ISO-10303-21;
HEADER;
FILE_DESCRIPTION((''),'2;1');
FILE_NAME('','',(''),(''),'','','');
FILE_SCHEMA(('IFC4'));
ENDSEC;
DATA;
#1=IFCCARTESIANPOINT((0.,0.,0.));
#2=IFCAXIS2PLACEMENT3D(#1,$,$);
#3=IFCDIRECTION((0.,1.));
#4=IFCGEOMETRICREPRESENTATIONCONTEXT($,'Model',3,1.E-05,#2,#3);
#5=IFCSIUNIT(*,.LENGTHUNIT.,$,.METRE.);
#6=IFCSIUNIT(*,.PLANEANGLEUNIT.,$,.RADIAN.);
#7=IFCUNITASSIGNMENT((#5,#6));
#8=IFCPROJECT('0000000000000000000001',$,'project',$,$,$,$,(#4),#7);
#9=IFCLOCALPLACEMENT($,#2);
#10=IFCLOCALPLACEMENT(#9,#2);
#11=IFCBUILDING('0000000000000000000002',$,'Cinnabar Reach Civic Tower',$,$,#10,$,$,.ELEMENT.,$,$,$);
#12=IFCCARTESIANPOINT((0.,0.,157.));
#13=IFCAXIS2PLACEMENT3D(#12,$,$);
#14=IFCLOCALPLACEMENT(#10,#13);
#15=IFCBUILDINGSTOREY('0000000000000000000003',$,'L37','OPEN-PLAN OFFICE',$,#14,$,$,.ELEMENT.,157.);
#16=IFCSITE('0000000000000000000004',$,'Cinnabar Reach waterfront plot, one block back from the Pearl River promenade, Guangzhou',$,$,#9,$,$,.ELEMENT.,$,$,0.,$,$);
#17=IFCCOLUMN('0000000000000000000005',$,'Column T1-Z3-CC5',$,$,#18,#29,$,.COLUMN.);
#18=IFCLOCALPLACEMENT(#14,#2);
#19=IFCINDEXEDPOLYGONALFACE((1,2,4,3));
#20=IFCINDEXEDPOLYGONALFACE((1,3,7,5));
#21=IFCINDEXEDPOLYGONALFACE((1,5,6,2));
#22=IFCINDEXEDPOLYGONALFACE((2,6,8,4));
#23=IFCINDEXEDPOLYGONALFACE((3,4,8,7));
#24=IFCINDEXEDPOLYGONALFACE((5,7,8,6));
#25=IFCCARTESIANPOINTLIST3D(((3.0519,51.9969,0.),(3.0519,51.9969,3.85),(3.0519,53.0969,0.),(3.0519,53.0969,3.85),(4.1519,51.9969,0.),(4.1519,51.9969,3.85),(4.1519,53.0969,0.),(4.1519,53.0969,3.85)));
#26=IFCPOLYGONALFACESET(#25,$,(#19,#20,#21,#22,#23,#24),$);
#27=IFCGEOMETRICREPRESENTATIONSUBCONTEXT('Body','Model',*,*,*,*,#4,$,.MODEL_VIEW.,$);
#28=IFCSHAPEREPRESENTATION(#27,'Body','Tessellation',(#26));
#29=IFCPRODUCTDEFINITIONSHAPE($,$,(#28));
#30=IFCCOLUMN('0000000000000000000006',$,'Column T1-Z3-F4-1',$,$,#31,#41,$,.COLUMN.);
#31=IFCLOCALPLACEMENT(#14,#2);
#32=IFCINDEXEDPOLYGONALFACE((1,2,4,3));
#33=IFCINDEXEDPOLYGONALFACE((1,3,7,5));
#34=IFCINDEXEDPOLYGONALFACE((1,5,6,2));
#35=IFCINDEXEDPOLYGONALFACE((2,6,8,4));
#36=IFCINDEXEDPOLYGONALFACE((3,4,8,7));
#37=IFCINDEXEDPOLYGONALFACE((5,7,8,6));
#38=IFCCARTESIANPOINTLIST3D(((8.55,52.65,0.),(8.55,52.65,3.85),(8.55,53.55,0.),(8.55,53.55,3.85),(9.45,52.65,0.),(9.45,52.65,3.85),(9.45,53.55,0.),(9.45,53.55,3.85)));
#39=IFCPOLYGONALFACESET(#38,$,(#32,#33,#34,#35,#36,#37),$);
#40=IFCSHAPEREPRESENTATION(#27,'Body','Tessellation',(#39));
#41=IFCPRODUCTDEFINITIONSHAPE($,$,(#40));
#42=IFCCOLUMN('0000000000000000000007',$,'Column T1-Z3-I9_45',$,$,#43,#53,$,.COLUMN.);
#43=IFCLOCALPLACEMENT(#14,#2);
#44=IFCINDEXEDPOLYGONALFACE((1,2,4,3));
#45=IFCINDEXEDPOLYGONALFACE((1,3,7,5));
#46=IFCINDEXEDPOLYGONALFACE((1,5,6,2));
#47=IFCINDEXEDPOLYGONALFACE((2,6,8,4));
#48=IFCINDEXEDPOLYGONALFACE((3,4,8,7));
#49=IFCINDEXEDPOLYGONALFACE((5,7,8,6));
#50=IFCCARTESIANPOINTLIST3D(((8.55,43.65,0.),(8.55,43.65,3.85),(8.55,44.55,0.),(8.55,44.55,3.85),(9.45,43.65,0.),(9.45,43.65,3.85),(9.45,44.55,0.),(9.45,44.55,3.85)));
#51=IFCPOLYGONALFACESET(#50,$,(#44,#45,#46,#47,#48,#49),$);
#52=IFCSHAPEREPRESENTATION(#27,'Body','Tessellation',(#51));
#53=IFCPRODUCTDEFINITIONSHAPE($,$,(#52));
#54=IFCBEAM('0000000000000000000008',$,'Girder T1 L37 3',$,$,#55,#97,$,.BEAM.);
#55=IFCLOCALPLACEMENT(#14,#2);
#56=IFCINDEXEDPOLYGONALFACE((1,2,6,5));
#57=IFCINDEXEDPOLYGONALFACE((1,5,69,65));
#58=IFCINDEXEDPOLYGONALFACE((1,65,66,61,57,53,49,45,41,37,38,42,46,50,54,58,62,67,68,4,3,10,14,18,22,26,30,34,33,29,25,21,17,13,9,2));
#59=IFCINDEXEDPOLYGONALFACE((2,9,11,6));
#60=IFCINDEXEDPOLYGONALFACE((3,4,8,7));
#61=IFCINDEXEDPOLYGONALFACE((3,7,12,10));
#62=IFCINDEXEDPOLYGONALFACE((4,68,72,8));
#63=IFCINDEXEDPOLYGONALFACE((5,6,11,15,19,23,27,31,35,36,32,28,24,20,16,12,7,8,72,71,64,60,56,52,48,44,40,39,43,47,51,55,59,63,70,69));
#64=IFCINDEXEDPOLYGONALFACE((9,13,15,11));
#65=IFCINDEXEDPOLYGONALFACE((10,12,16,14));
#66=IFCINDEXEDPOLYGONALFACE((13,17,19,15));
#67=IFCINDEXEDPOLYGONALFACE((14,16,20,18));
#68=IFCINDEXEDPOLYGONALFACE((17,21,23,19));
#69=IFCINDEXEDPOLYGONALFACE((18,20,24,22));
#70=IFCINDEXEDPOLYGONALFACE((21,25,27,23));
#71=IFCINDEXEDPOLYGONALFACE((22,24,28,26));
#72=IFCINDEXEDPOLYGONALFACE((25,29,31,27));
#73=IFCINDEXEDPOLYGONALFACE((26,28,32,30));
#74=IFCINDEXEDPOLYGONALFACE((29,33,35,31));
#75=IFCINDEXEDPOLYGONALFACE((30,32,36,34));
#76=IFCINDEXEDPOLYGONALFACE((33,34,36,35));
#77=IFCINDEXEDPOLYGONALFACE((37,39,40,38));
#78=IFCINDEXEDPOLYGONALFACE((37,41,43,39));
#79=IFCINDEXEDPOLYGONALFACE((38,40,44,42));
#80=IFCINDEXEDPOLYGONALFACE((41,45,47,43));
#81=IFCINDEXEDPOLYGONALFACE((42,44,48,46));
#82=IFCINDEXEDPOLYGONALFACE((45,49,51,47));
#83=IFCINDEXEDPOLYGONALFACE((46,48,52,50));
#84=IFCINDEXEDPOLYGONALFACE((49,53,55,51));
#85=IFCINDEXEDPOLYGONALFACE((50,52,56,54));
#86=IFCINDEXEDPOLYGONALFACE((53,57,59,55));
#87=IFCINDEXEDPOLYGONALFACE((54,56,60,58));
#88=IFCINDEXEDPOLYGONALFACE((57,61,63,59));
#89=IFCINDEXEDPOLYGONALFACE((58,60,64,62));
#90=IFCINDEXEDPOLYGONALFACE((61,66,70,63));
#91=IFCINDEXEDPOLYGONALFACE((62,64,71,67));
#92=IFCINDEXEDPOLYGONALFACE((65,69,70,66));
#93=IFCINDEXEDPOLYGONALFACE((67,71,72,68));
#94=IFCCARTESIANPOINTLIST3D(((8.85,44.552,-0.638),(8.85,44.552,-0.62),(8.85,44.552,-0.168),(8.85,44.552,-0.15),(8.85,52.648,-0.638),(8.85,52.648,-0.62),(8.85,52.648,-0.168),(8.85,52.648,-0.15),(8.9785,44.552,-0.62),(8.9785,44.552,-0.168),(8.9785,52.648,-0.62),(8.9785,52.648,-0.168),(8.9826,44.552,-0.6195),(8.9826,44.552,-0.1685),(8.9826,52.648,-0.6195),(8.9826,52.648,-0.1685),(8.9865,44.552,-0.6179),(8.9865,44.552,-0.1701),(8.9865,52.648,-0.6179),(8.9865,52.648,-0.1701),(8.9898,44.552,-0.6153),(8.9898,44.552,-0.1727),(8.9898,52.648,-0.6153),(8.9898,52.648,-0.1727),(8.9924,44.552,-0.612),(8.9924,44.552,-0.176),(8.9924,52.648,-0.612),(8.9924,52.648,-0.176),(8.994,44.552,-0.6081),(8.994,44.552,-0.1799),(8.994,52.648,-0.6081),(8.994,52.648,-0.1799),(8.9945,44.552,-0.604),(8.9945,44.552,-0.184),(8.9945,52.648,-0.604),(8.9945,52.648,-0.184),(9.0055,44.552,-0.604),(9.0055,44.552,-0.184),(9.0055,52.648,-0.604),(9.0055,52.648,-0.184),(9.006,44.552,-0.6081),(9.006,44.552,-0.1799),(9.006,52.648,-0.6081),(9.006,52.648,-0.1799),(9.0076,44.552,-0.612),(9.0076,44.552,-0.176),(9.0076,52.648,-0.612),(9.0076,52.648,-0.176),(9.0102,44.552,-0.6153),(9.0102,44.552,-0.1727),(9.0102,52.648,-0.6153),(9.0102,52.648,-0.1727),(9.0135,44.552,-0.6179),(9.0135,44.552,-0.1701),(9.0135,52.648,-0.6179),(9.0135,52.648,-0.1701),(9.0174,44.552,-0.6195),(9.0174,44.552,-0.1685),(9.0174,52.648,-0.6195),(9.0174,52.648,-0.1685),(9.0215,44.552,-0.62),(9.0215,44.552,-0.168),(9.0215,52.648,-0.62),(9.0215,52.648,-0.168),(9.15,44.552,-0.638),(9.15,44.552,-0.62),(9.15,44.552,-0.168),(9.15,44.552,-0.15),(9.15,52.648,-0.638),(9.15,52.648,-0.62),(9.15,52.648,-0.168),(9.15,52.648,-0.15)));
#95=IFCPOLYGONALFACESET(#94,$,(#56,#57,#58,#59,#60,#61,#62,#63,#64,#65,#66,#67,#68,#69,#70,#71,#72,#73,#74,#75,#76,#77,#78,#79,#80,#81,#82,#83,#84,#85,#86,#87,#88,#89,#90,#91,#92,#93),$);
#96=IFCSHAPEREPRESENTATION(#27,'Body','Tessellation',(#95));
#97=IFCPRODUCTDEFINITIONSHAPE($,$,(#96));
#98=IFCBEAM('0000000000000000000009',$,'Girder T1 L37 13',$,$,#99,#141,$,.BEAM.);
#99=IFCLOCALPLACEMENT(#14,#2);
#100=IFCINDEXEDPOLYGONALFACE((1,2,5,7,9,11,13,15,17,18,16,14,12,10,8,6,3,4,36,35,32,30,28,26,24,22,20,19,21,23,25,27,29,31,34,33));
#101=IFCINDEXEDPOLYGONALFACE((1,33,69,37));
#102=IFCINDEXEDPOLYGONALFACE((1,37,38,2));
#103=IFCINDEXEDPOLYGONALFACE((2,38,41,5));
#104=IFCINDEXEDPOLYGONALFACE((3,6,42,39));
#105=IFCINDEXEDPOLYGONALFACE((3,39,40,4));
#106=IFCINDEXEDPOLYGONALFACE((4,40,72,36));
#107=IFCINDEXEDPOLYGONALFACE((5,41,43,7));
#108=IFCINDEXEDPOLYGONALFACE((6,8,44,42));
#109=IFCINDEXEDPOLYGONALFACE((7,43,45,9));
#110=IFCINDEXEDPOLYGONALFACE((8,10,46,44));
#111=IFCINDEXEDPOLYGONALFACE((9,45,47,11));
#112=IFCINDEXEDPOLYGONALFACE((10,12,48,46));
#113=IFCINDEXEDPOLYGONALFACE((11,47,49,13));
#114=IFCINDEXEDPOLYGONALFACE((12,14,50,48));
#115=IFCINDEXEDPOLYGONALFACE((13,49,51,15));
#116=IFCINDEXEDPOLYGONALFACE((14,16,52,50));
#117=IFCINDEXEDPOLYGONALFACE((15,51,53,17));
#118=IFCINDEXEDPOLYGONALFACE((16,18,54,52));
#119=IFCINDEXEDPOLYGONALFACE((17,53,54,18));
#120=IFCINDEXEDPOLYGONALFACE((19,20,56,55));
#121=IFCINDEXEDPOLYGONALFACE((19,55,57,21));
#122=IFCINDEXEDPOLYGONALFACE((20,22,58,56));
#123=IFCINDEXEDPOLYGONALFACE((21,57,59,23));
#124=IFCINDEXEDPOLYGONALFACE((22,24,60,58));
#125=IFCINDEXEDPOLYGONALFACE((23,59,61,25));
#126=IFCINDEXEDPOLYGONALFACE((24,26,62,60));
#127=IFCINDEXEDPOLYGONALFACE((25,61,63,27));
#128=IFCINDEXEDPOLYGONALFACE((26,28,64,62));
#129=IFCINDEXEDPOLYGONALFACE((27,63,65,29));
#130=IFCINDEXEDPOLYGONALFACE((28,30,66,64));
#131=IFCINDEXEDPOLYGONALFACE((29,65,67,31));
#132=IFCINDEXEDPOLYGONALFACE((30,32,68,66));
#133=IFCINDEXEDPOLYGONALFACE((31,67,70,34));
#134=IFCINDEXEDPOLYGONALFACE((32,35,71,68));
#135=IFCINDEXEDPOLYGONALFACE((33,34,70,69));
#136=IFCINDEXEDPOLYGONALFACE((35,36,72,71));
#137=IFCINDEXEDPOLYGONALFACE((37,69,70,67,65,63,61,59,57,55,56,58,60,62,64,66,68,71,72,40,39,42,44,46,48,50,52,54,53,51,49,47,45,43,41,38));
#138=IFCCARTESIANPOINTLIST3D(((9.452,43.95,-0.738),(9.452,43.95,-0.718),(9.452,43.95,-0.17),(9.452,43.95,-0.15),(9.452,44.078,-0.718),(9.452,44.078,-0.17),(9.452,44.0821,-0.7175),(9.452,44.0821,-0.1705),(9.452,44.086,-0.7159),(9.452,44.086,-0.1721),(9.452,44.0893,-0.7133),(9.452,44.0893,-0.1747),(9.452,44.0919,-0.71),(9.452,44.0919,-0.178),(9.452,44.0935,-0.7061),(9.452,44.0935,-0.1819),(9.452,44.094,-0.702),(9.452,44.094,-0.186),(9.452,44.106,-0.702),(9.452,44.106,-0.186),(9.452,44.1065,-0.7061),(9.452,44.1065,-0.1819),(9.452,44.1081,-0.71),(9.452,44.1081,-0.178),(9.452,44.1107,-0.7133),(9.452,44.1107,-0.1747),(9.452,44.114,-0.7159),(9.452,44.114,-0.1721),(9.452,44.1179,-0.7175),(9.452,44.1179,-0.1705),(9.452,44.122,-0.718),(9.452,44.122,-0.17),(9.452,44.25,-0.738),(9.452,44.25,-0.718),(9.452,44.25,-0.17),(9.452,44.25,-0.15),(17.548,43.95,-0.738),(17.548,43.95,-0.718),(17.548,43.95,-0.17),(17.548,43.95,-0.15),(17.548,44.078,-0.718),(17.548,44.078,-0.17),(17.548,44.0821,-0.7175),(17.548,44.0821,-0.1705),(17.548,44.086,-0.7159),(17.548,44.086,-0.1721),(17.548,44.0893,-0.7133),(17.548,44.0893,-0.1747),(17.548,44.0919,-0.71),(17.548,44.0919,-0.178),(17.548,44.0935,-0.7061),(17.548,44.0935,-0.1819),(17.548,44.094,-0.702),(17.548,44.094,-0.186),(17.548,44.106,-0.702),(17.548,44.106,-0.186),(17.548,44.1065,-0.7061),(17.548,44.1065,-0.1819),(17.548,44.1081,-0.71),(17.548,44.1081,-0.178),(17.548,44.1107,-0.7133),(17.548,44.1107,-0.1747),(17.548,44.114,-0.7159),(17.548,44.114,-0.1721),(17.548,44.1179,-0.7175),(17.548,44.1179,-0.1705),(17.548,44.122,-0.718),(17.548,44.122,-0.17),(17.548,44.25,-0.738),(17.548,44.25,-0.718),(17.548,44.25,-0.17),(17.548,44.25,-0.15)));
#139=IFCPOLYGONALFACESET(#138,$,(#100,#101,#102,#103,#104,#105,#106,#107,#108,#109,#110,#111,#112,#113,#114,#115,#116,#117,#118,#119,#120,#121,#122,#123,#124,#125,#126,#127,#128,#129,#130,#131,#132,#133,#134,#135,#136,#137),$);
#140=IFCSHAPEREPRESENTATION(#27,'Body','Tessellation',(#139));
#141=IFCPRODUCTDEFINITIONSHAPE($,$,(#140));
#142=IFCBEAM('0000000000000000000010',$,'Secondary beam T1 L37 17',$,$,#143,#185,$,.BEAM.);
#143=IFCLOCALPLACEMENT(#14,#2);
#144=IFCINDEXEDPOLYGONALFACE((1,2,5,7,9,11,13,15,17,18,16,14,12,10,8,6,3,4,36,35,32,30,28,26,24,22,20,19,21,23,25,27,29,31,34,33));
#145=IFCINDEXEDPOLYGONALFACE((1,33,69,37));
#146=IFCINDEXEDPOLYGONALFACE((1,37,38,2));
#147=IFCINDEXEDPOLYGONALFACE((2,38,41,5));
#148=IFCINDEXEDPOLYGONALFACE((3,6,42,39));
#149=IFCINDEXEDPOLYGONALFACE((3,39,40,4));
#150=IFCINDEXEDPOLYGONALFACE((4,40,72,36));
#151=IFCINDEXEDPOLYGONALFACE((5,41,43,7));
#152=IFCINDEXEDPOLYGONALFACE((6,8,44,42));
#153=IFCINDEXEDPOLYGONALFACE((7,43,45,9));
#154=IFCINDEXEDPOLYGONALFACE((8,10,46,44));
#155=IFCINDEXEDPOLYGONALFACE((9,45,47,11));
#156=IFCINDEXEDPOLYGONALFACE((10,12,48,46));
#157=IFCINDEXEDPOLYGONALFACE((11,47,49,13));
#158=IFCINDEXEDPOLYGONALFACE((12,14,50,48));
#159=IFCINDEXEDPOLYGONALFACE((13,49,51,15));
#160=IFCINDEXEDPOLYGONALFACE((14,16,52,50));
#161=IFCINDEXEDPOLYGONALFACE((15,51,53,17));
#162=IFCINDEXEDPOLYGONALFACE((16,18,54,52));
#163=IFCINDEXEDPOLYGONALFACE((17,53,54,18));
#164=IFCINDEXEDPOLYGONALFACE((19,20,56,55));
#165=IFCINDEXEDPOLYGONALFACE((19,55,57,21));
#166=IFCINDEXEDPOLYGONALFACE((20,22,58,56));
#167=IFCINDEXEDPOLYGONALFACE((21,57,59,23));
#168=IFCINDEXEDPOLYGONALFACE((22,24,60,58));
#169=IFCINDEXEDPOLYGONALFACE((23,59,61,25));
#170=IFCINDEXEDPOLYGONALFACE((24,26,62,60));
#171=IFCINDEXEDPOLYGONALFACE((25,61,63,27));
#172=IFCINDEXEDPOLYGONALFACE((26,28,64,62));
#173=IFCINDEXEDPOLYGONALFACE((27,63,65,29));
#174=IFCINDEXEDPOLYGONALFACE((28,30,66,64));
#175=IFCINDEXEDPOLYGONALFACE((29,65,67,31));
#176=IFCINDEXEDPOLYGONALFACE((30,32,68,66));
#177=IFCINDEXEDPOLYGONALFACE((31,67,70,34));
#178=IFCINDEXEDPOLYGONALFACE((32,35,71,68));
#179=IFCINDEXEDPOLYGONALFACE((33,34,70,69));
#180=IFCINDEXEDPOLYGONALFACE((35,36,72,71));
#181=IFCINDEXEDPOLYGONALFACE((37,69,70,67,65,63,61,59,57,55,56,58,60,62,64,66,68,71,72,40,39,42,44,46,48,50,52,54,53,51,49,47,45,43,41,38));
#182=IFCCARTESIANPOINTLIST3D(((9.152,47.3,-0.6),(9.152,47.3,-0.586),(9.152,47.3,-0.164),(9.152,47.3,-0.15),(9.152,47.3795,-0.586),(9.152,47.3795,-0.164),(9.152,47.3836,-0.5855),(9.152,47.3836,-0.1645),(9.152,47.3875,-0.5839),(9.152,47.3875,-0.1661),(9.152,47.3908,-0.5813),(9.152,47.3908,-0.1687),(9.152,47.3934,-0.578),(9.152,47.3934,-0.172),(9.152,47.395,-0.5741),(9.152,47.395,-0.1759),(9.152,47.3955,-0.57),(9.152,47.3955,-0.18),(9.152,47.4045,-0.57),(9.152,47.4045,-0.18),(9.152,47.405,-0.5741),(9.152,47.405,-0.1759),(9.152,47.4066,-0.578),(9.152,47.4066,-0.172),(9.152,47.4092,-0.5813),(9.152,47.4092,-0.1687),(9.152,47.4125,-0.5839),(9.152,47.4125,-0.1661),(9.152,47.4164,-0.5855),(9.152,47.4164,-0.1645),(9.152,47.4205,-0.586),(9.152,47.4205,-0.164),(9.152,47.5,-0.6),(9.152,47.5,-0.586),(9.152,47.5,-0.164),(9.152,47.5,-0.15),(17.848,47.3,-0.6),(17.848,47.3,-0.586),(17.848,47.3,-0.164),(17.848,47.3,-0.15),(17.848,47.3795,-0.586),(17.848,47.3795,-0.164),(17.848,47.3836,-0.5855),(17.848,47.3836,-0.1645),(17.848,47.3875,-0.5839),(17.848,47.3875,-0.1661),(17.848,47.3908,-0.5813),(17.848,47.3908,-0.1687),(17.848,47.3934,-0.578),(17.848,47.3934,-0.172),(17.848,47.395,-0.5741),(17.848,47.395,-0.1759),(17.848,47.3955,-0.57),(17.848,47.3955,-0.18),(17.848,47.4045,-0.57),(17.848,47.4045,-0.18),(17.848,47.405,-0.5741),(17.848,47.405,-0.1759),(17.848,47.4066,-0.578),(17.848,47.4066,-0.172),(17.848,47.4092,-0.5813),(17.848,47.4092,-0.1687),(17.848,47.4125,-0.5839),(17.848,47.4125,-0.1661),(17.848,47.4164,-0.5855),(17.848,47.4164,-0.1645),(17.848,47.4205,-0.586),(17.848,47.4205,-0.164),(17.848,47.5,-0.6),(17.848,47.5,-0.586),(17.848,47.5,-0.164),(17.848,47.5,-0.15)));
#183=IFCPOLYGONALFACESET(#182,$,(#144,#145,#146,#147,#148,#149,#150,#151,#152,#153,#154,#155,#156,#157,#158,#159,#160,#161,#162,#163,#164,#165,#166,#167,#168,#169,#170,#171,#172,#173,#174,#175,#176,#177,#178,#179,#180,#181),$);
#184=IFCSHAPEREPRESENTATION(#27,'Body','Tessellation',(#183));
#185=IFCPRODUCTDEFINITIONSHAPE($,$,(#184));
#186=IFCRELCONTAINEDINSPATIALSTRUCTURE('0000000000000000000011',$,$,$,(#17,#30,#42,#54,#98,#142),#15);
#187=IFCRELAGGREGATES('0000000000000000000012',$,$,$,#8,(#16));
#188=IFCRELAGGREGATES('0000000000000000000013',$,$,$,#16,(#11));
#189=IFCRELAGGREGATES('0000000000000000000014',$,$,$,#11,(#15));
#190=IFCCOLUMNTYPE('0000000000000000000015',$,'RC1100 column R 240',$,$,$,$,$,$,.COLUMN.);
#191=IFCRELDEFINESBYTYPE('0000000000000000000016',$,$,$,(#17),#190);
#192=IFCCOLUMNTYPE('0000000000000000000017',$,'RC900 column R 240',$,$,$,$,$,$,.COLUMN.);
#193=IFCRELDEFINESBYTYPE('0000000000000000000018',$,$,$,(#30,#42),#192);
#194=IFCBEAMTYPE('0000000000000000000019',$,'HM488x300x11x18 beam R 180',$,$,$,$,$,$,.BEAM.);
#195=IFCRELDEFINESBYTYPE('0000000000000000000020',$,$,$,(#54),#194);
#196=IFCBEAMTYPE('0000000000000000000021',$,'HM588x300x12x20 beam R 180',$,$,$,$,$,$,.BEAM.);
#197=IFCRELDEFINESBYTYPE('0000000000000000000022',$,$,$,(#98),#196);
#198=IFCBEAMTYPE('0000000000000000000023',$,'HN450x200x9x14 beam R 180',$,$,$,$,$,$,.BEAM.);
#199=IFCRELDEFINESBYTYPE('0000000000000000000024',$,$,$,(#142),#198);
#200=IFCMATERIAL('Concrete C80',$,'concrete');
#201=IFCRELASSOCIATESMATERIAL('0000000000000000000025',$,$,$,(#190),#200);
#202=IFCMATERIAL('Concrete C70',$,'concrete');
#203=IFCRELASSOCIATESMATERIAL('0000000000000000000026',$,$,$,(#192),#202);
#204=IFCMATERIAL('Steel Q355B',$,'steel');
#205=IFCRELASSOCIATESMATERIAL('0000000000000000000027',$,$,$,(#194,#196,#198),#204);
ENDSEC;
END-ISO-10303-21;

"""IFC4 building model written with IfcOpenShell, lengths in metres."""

from ifc_helpers import new_model, si_unit, direction, frame, origin, origin_2d, place, context, subcontext, project, spatial, rectangle, i_section, extrude, material, material_profile, profile_set, type_object, element, save


model = new_model("IFC4")

# Units and contexts
model_context = context("Model", 3, precision=1e-05, world=origin(), true_north=direction((0.0, 1.0)))
body_context = subcontext(model_context, "Body", "Model", "MODEL_VIEW")
ifc_project = project(units=[si_unit("LENGTHUNIT", "METRE"), si_unit("PLANEANGLEUNIT", "RADIAN")], contexts=[model_context])

# Site, building, storey
site_placement = place(None, origin())
site = spatial("IfcSite", under=ifc_project, at=site_placement, Name="Cinnabar Reach waterfront plot, one block back from the Pearl River promenade, Guangzhou", CompositionType="ELEMENT", RefElevation=0.0)
building_placement = place(site_placement, origin())
building = spatial("IfcBuilding", under=site, at=building_placement, Name="Cinnabar Reach Civic Tower", CompositionType="ELEMENT")
storey_placement = place(building_placement, frame((0.0, 0.0, 157.0)))
storey = spatial("IfcBuildingStorey", under=building, at=storey_placement, Name="L37", Description="OPEN-PLAN OFFICE", CompositionType="ELEMENT", Elevation=157.0)

# Columns
ifc_material_1 = material(Name="Concrete C80", Category="concrete")
ifc_material_profile_1 = material_profile(ifc_material_1, rectangle(XDim=1.1, YDim=1.1, at=origin_2d()), Name="RC1100")
ifc_profile_set_1 = profile_set([ifc_material_profile_1], Name="Concrete C80")
column_type_1 = type_object("IfcColumnType", Name="RC1100 column R 240", PredefinedType="COLUMN", material=ifc_profile_set_1)
column_placement = place(storey_placement, frame((3.6019, 52.5469, 0.0), z_axis=(0.0, 0.0, 1.0), x_axis=(1.0, 0.0, 0.0)))
element("IfcColumn", 1, at=column_placement, inside=storey, type_object=column_type_1, Name="Column T1-Z3-CC5", PredefinedType="COLUMN", context=body_context, shape_type="SweptSolid", body=[
    extrude(rectangle(XDim=1.1, YDim=1.1, at=origin_2d()), origin(), (0.0, 0.0, 1.0), 3.85),
])
ifc_material_2 = material(Name="Concrete C70", Category="concrete")
ifc_material_profile_2 = material_profile(ifc_material_2, rectangle(XDim=0.9, YDim=0.9, at=origin_2d()), Name="RC900")
ifc_profile_set_2 = profile_set([ifc_material_profile_2], Name="Concrete C70")
column_type_2 = type_object("IfcColumnType", Name="RC900 column R 240", PredefinedType="COLUMN", material=ifc_profile_set_2)
for number, where, z_axis, x_axis, name in (
    (2, (9.0, 53.1, 0.0), (0.0, 0.0, 1.0), (1.0, 0.0, 0.0), "Column T1-Z3-F4-1"),
    (3, (9.0, 44.1, 0.0), (0.0, 0.0, 1.0), (1.0, 0.0, 0.0), "Column T1-Z3-I9_45"),
):
    element("IfcColumn", number, at=place(storey_placement, frame(where, z_axis=z_axis, x_axis=x_axis)), inside=storey, type_object=column_type_2, Name=name, PredefinedType="COLUMN", context=body_context, shape_type="SweptSolid", body=[
        extrude(rectangle(XDim=0.9, YDim=0.9, at=origin_2d()), origin(), (0.0, 0.0, 1.0), 3.85),
    ])

# Beams
ifc_material_3 = material(Name="Steel Q355B", Category="steel")
ifc_material_profile_3 = material_profile(ifc_material_3, i_section(OverallWidth=0.3, OverallDepth=0.488, WebThickness=0.011, FlangeThickness=0.018, FilletRadius=0.016, at=origin_2d()), Name="HM488x300x11x18")
ifc_profile_set_3 = profile_set([ifc_material_profile_3], Name="Steel Q355B")
beam_type_1 = type_object("IfcBeamType", Name="HM488x300x11x18 beam R 180", PredefinedType="BEAM", material=ifc_profile_set_3)
beam_1_placement = place(storey_placement, frame((9.0, 44.552, -0.394), z_axis=(0.0, 1.0, 0.0), x_axis=(-1.0, 0.0, 0.0)))
element("IfcBeam", 4, at=beam_1_placement, inside=storey, type_object=beam_type_1, Name="Girder T1 L37 3", PredefinedType="BEAM", context=body_context, shape_type="SweptSolid", body=[
    extrude(i_section(OverallWidth=0.3, OverallDepth=0.488, WebThickness=0.011, FlangeThickness=0.018, FilletRadius=0.016, at=origin_2d()), origin(), (0.0, 0.0, 1.0), 8.096),
])
ifc_material_profile_4 = material_profile(ifc_material_3, i_section(OverallWidth=0.3, OverallDepth=0.588, WebThickness=0.012, FlangeThickness=0.02, FilletRadius=0.016, at=origin_2d()), Name="HM588x300x12x20")
ifc_profile_set_4 = profile_set([ifc_material_profile_4], Name="Steel Q355B")
beam_type_2 = type_object("IfcBeamType", Name="HM588x300x12x20 beam R 180", PredefinedType="BEAM", material=ifc_profile_set_4)
beam_2_placement = place(storey_placement, frame((9.452, 44.1, -0.444), z_axis=(1.0, 0.0, 0.0), x_axis=(0.0, 1.0, 0.0)))
element("IfcBeam", 5, at=beam_2_placement, inside=storey, type_object=beam_type_2, Name="Girder T1 L37 13", PredefinedType="BEAM", context=body_context, shape_type="SweptSolid", body=[
    extrude(i_section(OverallWidth=0.3, OverallDepth=0.588, WebThickness=0.012, FlangeThickness=0.02, FilletRadius=0.016, at=origin_2d()), origin(), (0.0, 0.0, 1.0), 8.096),
])
ifc_material_profile_5 = material_profile(ifc_material_3, i_section(OverallWidth=0.2, OverallDepth=0.45, WebThickness=0.009, FlangeThickness=0.014, FilletRadius=0.016, at=origin_2d()), Name="HN450x200x9x14")
ifc_profile_set_5 = profile_set([ifc_material_profile_5], Name="Steel Q355B")
beam_type_3 = type_object("IfcBeamType", Name="HN450x200x9x14 beam R 180", PredefinedType="BEAM", material=ifc_profile_set_5)
for number, where, z_axis, x_axis, name in (
    (6, (9.152, 47.4, -0.375), (1.0, 0.0, 0.0), (0.0, 1.0, 0.0), "Secondary beam T1 L37 17"),
):
    element("IfcBeam", number, at=place(storey_placement, frame(where, z_axis=z_axis, x_axis=x_axis)), inside=storey, type_object=beam_type_3, Name=name, PredefinedType="BEAM", context=body_context, shape_type="SweptSolid", body=[
        extrude(i_section(OverallWidth=0.2, OverallDepth=0.45, WebThickness=0.009, FlangeThickness=0.014, FilletRadius=0.016, at=origin_2d()), origin(), (0.0, 0.0, 1.0), 8.696),
    ])

save(model, "model.ifc")
